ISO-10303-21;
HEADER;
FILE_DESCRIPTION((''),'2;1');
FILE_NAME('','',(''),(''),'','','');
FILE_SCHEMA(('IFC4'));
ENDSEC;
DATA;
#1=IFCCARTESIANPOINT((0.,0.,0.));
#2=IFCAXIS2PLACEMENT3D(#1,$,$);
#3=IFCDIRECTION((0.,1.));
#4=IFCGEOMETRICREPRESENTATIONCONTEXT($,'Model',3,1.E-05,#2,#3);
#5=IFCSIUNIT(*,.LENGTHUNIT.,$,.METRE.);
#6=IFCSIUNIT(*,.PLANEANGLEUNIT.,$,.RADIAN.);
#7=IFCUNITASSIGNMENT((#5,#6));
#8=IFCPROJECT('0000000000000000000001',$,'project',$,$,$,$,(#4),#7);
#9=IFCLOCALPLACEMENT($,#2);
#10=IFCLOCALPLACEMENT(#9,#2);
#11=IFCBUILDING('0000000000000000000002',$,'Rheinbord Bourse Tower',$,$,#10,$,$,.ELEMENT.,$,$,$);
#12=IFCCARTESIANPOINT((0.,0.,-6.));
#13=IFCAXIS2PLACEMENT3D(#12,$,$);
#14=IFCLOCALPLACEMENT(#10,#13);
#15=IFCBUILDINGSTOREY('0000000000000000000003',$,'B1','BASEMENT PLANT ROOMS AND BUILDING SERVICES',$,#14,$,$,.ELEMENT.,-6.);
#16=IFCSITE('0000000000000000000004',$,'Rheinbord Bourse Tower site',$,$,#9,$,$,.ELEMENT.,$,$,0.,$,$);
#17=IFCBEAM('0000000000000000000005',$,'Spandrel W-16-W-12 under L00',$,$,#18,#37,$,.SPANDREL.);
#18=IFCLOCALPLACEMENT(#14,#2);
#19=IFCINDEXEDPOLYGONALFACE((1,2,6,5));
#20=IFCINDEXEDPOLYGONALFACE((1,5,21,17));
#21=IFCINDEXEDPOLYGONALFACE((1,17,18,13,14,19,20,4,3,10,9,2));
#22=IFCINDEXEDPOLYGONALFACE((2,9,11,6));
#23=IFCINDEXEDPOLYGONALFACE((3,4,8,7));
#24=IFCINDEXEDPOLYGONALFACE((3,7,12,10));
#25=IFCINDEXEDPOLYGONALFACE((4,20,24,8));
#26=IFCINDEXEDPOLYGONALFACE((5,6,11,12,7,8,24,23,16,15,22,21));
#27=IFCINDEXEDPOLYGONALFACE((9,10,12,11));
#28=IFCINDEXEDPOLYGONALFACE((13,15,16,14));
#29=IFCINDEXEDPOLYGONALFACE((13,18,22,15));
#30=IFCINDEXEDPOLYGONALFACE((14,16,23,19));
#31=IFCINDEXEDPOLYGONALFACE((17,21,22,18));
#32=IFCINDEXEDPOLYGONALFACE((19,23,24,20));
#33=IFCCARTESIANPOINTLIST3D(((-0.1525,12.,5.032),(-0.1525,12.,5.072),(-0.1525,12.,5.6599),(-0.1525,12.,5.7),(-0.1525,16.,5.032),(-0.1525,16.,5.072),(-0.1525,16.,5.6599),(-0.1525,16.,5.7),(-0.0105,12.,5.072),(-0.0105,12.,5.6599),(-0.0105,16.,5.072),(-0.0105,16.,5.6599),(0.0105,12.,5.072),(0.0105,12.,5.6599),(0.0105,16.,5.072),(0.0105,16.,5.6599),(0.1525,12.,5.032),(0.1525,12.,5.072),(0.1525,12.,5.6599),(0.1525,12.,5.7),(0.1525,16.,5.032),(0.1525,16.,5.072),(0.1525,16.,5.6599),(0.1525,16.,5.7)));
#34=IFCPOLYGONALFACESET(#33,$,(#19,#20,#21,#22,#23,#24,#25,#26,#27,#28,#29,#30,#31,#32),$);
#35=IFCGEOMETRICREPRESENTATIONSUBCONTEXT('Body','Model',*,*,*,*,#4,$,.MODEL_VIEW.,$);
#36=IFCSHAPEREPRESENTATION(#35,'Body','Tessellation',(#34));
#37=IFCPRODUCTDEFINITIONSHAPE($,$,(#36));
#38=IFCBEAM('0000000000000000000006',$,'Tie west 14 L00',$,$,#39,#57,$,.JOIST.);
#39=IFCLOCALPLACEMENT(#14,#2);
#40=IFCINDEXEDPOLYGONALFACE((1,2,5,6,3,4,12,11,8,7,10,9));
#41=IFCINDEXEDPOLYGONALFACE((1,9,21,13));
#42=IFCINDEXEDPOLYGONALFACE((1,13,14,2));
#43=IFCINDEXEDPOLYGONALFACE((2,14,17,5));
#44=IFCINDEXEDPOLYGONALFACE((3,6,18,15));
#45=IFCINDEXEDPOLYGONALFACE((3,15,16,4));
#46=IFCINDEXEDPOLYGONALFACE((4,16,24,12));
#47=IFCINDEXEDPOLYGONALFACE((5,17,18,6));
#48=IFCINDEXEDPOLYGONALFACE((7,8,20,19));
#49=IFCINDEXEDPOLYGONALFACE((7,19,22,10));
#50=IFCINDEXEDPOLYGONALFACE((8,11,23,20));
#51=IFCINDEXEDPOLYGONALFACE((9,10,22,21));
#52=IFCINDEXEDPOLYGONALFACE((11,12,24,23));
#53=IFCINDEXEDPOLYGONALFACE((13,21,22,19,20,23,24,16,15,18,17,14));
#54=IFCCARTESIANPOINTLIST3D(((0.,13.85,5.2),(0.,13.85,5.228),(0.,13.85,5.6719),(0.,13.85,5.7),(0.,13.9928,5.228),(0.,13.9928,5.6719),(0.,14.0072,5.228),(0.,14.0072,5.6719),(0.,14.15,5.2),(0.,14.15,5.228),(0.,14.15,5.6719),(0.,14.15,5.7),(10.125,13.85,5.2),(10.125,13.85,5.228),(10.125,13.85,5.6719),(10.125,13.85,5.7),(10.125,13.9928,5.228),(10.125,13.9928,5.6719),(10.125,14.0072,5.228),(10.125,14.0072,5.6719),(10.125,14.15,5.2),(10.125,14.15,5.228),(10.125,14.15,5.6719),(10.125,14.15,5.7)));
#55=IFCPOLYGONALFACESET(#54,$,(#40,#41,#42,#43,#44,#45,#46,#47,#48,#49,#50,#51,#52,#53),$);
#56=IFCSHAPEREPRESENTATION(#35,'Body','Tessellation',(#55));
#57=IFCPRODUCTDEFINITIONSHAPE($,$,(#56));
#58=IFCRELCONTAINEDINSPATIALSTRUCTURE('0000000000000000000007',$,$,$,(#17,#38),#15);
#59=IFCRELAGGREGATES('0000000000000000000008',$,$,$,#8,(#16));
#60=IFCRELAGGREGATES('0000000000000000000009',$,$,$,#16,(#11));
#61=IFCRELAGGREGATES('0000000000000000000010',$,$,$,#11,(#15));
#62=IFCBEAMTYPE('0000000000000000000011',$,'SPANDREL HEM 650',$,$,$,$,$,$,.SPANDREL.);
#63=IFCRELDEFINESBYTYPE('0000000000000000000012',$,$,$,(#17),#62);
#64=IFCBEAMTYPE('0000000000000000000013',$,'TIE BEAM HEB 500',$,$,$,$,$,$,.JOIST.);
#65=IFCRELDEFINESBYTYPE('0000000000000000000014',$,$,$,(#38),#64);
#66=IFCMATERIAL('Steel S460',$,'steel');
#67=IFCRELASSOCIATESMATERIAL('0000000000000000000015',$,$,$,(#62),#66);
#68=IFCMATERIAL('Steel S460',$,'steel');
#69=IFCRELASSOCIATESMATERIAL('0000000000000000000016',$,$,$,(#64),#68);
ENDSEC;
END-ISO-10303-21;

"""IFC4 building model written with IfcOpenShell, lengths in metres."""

from ifc_helpers import new_model, si_unit, direction, frame, origin, origin_2d, place, context, subcontext, project, spatial, i_section, extrude, material, material_profile, profile_set, type_object, element, save


model = new_model("IFC4")

# Units and contexts
model_context = context("Model", 3, precision=1e-05, world=origin(), true_north=direction((0.0, 1.0)))
body_context = subcontext(model_context, "Body", "Model", "MODEL_VIEW")
ifc_project = project(units=[si_unit("LENGTHUNIT", "METRE"), si_unit("PLANEANGLEUNIT", "RADIAN")], contexts=[model_context])

# Site, building, storey
site_placement = place(None, origin())
site = spatial("IfcSite", under=ifc_project, at=site_placement, Name="Rheinbord Bourse Tower site", CompositionType="ELEMENT", RefElevation=0.0)
building_placement = place(site_placement, origin())
building = spatial("IfcBuilding", under=site, at=building_placement, Name="Rheinbord Bourse Tower", CompositionType="ELEMENT")
storey_placement = place(building_placement, frame((0.0, 0.0, -6.0)))
storey = spatial("IfcBuildingStorey", under=building, at=storey_placement, Name="B1", Description="BASEMENT PLANT ROOMS AND BUILDING SERVICES", CompositionType="ELEMENT", Elevation=-6.0)

# Beams
ifc_material_1 = material(Name="Steel S460", Category="steel")
ifc_material_profile_1 = material_profile(ifc_material_1, i_section(OverallWidth=0.3049, OverallDepth=0.668, WebThickness=0.021, FlangeThickness=0.04, at=origin_2d()), Name="HEM 650")
ifc_profile_set_1 = profile_set([ifc_material_profile_1], Name="Steel S460")
beam_type_1 = type_object("IfcBeamType", Name="SPANDREL HEM 650", PredefinedType="SPANDREL", material=ifc_profile_set_1)
for number, where, z_axis, x_axis, name in (
    (1, (0.0, 16.0, 5.366), (0.0, -1.0, 0.0), (1.0, 0.0, 0.0), "Spandrel W-16-W-12 under L00"),
):
    element("IfcBeam", number, at=place(storey_placement, frame(where, z_axis=z_axis, x_axis=x_axis)), inside=storey, type_object=beam_type_1, Name=name, PredefinedType="SPANDREL", context=body_context, shape_type="SweptSolid", body=[
        extrude(i_section(OverallWidth=0.3049, OverallDepth=0.668, WebThickness=0.021, FlangeThickness=0.04, at=origin_2d()), origin(), (0.0, 0.0, 1.0), 4.0),
    ])
ifc_material_2 = material(Name="Steel S460", Category="steel")
ifc_material_profile_2 = material_profile(ifc_material_2, i_section(OverallWidth=0.3, OverallDepth=0.5, WebThickness=0.0144, FlangeThickness=0.0281, at=origin_2d()), Name="HEB 500")
ifc_profile_set_2 = profile_set([ifc_material_profile_2], Name="Steel S460")
beam_type_2 = type_object("IfcBeamType", Name="TIE BEAM HEB 500", PredefinedType="JOIST", material=ifc_profile_set_2)
beam_1_placement = place(storey_placement, frame((0.0, 14.0, 5.45), z_axis=(1.0, 0.0, 0.0), x_axis=(0.0, 1.0, 0.0)))
element("IfcBeam", 2, at=beam_1_placement, inside=storey, type_object=beam_type_2, Name="Tie west 14 L00", PredefinedType="JOIST", context=body_context, shape_type="SweptSolid", body=[
    extrude(i_section(OverallWidth=0.3, OverallDepth=0.5, WebThickness=0.0144, FlangeThickness=0.0281, at=origin_2d()), origin(), (0.0, 0.0, 1.0), 10.125),
])

save(model, "model.ifc")
